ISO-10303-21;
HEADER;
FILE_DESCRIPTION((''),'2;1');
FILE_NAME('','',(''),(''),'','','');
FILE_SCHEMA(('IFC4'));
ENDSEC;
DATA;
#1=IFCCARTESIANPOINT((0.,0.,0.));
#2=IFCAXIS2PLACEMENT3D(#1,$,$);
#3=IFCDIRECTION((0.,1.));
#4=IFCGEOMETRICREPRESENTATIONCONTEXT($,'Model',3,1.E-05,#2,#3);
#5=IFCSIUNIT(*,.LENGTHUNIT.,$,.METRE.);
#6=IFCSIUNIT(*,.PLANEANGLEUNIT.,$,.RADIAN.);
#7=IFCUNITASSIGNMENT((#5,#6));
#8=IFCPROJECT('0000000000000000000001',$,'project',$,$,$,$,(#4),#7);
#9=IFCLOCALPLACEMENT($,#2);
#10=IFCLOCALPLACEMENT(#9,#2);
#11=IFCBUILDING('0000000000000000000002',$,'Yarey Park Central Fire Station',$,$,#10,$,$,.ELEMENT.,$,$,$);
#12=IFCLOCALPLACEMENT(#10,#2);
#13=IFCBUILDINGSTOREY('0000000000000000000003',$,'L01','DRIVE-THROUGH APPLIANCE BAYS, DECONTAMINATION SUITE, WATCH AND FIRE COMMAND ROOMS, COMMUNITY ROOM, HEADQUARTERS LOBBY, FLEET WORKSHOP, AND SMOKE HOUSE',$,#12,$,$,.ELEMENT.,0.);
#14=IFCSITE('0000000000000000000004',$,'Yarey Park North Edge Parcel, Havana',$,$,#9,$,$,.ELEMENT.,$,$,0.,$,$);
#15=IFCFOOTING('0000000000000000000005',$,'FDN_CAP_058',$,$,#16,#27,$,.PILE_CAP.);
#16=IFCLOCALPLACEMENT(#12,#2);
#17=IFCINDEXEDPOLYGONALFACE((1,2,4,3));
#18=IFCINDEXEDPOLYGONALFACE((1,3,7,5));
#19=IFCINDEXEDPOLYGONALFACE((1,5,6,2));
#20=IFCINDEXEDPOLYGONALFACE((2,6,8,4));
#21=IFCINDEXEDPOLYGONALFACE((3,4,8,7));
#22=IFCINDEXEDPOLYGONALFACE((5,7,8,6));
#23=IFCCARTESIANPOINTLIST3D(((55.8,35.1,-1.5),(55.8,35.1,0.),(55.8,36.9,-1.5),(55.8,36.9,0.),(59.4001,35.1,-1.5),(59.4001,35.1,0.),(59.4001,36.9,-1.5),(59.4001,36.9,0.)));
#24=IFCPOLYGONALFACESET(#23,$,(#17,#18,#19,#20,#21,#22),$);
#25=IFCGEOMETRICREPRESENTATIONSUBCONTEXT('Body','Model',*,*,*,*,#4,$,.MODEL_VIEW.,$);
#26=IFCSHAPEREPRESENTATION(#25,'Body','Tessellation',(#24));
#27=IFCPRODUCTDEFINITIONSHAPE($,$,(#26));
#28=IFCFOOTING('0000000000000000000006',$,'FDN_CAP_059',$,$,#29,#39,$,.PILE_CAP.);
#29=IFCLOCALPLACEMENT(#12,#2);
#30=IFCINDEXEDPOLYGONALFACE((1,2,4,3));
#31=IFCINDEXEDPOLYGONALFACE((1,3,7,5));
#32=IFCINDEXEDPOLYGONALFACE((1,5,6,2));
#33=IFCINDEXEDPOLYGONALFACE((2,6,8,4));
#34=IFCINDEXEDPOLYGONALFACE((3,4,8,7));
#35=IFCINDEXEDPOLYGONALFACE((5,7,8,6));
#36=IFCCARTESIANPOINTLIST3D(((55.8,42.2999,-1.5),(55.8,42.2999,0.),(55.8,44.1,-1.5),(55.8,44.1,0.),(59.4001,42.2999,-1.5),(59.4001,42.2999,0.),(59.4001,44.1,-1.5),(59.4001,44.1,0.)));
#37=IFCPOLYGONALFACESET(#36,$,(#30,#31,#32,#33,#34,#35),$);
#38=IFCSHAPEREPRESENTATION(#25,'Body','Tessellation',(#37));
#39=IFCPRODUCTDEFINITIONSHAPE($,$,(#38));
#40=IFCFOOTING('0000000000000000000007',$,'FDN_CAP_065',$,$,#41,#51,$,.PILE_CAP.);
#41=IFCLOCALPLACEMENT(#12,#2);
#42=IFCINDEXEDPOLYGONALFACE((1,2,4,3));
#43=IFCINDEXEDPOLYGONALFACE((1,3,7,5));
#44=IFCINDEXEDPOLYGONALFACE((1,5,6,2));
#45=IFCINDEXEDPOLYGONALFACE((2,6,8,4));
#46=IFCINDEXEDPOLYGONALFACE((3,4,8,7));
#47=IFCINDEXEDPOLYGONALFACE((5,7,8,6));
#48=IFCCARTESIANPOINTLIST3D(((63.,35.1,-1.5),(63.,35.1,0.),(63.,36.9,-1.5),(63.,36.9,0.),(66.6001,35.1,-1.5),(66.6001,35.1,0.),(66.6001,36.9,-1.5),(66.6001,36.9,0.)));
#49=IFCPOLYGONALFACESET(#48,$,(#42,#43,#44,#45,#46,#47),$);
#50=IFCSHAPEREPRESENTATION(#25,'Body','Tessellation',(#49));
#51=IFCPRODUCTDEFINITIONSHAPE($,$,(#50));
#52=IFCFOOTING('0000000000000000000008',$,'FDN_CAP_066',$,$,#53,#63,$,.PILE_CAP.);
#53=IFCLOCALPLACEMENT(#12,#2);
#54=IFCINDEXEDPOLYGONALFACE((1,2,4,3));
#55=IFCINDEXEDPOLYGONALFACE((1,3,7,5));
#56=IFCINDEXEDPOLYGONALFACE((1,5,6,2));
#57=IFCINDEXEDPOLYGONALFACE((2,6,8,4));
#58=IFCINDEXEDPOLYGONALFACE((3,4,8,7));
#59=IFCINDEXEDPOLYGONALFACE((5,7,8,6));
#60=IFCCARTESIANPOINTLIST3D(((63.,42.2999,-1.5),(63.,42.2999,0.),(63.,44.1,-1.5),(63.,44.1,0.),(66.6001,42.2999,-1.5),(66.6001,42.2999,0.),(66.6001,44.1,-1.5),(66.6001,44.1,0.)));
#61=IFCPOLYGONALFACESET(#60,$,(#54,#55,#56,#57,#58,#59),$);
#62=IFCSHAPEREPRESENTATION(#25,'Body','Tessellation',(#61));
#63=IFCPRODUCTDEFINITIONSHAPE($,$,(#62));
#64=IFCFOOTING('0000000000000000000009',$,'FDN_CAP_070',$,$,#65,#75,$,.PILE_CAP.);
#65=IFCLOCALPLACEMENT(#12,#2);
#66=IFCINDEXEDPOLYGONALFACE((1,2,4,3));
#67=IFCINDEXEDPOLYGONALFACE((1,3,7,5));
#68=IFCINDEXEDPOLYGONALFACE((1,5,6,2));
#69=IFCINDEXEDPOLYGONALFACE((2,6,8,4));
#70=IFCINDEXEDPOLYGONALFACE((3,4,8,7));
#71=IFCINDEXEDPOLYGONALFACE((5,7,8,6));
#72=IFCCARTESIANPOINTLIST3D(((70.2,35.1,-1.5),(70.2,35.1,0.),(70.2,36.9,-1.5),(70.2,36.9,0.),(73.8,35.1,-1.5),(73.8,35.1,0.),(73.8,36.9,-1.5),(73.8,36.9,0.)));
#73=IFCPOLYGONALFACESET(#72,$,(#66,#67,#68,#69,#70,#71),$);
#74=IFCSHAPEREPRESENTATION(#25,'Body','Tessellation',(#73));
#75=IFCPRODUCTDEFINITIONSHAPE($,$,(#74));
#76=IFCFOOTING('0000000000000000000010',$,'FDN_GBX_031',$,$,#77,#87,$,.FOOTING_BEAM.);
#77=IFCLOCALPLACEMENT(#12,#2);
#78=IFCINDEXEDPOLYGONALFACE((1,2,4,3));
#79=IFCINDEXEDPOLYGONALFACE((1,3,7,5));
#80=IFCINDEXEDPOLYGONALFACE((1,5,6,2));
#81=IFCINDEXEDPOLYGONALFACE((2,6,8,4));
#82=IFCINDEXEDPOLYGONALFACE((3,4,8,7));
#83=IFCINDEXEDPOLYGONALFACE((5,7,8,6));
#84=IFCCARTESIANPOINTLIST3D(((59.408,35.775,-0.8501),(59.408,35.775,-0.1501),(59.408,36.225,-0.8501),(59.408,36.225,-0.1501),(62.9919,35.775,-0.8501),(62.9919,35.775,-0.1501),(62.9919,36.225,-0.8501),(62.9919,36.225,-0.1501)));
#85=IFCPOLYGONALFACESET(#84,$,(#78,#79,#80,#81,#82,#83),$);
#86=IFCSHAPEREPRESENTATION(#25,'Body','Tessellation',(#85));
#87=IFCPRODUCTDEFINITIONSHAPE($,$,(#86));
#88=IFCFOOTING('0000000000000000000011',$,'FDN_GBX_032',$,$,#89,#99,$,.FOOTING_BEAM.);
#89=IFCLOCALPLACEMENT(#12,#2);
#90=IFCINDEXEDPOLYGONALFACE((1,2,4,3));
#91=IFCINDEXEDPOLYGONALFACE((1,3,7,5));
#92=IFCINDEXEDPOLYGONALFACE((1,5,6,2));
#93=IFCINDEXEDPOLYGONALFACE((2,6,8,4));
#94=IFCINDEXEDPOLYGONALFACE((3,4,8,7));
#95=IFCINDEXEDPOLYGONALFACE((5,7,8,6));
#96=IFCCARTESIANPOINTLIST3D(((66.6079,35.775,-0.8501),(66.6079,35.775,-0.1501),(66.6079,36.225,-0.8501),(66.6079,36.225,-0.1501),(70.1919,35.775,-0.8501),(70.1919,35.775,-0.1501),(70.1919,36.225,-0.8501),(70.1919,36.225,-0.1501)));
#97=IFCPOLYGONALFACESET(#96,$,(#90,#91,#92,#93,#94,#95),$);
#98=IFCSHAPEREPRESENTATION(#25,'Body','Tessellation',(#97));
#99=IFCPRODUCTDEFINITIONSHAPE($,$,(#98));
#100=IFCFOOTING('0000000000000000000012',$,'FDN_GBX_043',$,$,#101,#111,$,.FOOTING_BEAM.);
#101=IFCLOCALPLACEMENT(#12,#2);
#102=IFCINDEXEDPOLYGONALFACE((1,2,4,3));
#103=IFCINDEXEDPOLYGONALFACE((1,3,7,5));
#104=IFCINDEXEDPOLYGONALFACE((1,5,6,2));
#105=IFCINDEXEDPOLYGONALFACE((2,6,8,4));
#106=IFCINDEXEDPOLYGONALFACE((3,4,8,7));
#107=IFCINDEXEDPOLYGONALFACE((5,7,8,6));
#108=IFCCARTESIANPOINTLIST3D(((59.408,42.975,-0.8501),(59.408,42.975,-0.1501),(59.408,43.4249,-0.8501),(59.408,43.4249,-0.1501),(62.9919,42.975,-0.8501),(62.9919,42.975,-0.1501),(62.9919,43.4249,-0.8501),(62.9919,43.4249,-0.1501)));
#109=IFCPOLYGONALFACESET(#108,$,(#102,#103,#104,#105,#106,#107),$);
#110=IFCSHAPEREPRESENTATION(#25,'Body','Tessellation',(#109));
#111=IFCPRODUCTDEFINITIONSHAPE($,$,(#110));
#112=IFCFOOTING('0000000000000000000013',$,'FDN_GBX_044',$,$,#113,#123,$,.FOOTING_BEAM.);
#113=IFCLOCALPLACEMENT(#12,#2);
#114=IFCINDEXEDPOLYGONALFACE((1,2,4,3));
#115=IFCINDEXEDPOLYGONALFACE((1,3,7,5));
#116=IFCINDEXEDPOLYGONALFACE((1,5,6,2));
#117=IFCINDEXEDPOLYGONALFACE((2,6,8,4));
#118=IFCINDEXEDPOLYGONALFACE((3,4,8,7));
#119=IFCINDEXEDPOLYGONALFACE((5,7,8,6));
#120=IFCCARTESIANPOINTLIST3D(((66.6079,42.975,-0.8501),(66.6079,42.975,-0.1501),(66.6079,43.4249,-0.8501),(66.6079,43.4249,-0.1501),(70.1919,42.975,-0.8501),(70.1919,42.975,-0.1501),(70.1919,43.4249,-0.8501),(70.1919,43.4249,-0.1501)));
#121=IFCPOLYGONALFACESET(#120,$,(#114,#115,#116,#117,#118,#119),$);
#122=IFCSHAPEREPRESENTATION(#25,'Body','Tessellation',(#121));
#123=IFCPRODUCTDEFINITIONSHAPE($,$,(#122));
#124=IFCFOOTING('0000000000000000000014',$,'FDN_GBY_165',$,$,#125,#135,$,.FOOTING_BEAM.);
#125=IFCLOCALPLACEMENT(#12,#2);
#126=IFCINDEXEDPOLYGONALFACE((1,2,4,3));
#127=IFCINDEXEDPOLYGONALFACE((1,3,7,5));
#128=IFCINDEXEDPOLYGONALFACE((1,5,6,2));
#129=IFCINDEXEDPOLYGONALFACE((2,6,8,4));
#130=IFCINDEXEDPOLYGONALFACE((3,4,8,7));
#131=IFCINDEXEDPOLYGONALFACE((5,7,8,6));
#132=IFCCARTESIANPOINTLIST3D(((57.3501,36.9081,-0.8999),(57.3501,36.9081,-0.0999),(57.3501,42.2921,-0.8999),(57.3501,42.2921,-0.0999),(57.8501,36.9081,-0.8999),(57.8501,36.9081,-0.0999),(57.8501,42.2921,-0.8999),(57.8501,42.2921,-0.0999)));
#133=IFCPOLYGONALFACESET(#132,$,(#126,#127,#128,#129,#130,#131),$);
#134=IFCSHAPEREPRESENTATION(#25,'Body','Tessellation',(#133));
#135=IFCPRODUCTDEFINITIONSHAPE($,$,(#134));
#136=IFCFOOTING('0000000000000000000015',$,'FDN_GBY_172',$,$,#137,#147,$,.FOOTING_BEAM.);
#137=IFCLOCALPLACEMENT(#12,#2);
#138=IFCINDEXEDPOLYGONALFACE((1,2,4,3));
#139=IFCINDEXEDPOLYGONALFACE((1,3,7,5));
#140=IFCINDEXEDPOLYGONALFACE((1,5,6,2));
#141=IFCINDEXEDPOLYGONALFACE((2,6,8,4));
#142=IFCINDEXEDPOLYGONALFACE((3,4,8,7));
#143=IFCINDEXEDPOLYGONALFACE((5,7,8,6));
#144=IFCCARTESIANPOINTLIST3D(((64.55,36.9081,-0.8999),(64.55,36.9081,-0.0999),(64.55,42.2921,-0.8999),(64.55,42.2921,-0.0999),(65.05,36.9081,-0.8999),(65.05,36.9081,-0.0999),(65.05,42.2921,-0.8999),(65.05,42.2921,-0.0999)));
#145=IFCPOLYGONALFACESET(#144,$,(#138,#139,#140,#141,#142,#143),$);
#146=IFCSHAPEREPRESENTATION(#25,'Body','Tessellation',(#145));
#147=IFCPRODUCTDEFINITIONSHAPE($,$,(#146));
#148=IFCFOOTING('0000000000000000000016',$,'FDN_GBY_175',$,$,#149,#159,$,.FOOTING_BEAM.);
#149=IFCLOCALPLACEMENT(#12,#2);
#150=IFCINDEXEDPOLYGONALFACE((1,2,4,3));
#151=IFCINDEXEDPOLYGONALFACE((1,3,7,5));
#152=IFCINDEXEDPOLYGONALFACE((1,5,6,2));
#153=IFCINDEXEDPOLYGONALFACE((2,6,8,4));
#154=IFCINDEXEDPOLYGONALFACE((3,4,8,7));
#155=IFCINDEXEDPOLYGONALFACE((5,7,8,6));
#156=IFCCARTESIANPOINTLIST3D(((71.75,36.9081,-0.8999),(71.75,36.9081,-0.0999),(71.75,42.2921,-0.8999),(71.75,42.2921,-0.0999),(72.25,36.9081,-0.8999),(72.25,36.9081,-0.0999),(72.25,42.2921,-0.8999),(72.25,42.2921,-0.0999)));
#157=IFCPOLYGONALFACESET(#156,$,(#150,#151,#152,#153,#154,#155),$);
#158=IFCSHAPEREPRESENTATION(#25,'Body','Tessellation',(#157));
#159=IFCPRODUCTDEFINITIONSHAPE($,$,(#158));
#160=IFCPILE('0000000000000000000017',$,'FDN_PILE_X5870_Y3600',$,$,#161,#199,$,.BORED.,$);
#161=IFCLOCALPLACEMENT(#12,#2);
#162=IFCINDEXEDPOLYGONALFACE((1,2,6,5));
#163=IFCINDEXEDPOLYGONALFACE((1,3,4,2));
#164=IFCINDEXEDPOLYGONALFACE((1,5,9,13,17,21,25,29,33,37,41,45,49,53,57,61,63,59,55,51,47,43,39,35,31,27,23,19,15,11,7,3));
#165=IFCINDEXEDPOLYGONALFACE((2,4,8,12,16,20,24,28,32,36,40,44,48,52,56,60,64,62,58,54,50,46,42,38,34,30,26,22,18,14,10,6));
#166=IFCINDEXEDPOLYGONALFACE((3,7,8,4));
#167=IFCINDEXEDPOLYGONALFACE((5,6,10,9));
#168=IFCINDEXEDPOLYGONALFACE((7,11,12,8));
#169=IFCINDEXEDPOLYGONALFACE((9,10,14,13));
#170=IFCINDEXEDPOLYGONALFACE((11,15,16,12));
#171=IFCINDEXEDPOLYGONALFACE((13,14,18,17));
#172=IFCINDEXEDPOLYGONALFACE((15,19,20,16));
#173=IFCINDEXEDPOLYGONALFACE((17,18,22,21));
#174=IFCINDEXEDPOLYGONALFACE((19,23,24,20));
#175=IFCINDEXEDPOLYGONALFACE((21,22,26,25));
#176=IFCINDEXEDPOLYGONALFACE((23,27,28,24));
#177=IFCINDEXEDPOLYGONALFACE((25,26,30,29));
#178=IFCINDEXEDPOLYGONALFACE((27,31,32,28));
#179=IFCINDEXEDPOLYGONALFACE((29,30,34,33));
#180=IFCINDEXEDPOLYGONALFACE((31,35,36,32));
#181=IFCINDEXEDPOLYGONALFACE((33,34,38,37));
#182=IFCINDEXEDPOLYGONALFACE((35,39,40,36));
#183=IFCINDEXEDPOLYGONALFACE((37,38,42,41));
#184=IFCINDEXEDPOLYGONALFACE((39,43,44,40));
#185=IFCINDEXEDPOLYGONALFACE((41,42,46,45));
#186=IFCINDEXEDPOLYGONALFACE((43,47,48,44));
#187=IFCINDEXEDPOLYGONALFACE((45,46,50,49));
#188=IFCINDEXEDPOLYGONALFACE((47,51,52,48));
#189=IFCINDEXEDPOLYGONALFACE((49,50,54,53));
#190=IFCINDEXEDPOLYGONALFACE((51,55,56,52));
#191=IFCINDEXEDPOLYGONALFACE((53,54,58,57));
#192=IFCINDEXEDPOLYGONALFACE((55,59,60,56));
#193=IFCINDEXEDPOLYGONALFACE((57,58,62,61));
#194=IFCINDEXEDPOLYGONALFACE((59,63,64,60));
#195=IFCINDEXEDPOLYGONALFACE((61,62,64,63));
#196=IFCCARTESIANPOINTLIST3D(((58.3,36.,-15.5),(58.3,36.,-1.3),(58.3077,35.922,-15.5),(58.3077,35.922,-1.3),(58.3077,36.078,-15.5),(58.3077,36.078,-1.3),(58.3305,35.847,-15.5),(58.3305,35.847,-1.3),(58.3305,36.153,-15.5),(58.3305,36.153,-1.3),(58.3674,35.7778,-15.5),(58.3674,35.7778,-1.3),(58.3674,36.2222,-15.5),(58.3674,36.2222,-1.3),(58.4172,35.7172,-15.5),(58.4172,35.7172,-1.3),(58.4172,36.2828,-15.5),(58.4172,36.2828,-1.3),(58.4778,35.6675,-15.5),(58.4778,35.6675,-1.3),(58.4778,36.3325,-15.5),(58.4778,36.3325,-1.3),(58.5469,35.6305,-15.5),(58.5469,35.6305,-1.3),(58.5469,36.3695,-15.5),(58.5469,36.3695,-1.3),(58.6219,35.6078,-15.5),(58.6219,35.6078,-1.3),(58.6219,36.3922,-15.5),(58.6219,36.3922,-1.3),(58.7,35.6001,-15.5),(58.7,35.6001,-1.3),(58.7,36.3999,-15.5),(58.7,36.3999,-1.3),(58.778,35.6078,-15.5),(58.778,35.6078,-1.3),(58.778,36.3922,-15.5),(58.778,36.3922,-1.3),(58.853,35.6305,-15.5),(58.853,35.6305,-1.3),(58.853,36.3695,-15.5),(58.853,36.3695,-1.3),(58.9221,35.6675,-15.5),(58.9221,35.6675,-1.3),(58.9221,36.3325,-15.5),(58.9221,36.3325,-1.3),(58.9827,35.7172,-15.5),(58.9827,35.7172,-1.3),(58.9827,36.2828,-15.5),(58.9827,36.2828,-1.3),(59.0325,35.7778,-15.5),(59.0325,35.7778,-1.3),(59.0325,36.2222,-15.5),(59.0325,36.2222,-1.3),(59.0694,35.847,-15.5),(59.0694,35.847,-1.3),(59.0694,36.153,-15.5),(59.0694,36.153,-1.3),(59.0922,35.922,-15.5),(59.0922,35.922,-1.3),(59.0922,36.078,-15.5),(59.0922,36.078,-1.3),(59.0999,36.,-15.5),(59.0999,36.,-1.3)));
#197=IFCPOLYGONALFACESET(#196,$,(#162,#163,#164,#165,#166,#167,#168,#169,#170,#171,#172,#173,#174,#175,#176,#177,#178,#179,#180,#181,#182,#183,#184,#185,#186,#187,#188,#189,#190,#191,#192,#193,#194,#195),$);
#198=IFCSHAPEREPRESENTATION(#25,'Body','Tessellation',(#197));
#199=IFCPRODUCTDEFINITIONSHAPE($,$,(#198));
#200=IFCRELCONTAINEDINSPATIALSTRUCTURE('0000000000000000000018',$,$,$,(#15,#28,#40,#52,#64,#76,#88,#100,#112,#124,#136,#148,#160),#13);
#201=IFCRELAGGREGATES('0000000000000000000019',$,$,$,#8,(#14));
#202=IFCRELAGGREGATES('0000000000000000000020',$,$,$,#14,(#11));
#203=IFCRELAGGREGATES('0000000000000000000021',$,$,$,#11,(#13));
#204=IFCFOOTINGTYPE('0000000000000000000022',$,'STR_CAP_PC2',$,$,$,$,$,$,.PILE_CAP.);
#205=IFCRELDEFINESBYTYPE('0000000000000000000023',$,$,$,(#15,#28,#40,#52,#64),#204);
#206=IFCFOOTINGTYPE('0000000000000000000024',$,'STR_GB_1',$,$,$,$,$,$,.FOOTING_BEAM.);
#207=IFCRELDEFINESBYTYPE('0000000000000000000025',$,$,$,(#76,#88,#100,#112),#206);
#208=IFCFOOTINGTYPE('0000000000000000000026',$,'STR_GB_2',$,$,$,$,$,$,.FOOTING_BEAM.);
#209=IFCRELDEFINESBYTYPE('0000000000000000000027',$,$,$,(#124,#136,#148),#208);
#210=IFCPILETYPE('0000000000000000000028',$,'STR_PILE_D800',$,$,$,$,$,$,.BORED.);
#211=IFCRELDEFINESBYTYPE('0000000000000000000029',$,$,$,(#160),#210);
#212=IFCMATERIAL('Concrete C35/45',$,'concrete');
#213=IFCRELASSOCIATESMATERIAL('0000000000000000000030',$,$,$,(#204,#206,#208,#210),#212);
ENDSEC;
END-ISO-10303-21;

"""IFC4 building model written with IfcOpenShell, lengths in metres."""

from ifc_helpers import new_model, si_unit, direction, frame, origin, origin_2d, place, context, subcontext, project, spatial, rectangle, circle, extrude, material, material_profile, profile_set, type_object, element, save


model = new_model("IFC4")

# Units and contexts
model_context = context("Model", 3, precision=1e-05, world=origin(), true_north=direction((0.0, 1.0)))
body_context = subcontext(model_context, "Body", "Model", "MODEL_VIEW")
ifc_project = project(units=[si_unit("LENGTHUNIT", "METRE"), si_unit("PLANEANGLEUNIT", "RADIAN")], contexts=[model_context])

# Site, building, storey
site_placement = place(None, origin())
site = spatial("IfcSite", under=ifc_project, at=site_placement, Name="Yarey Park North Edge Parcel, Havana", CompositionType="ELEMENT", RefElevation=0.0)
building_placement = place(site_placement, origin())
building = spatial("IfcBuilding", under=site, at=building_placement, Name="Yarey Park Central Fire Station", CompositionType="ELEMENT")
storey_placement = place(building_placement, origin())
storey = spatial("IfcBuildingStorey", under=building, at=storey_placement, Name="L01", Description="DRIVE-THROUGH APPLIANCE BAYS, DECONTAMINATION SUITE, WATCH AND FIRE COMMAND ROOMS, COMMUNITY ROOM, HEADQUARTERS LOBBY, FLEET WORKSHOP, AND SMOKE HOUSE", CompositionType="ELEMENT", Elevation=0.0)

# Footings
ifc_material_1 = material(Name="Concrete C35/45", Category="concrete")
footing_type_1 = type_object("IfcFootingType", Name="STR_CAP_PC2", PredefinedType="PILE_CAP", material=ifc_material_1)
for number, where, z_axis, x_axis, name in (
    (1, (57.6001, 36.0, -1.5), (0.0, 0.0, 1.0), (1.0, 0.0, 0.0), "FDN_CAP_058"),
    (2, (57.6001, 43.2, -1.5), (0.0, 0.0, 1.0), (1.0, 0.0, 0.0), "FDN_CAP_059"),
    (3, (64.8, 36.0, -1.5), (0.0, 0.0, 1.0), (1.0, 0.0, 0.0), "FDN_CAP_065"),
    (4, (64.8, 43.2, -1.5), (0.0, 0.0, 1.0), (1.0, 0.0, 0.0), "FDN_CAP_066"),
    (5, (72.0, 36.0, -1.5), (0.0, 0.0, 1.0), (1.0, 0.0, 0.0), "FDN_CAP_070"),
):
    element("IfcFooting", number, at=place(storey_placement, frame(where, z_axis=z_axis, x_axis=x_axis)), inside=storey, type_object=footing_type_1, Name=name, PredefinedType="PILE_CAP", context=body_context, shape_type="SweptSolid", body=[
        extrude(rectangle(XDim=3.6001, YDim=1.8, at=origin_2d()), origin(), (0.0, 0.0, 1.0), 1.5),
    ])
footing_type_2 = type_object("IfcFootingType", Name="STR_GB_1", PredefinedType="FOOTING_BEAM", material=ifc_material_1)
for number, where, z_axis, x_axis, name in (
    (6, (61.2, 36.0, -0.8501), (0.0, 0.0, 1.0), (1.0, 0.0, 0.0), "FDN_GBX_031"),
    (7, (68.3999, 36.0, -0.8501), (0.0, 0.0, 1.0), (1.0, 0.0, 0.0), "FDN_GBX_032"),
    (8, (61.2, 43.2, -0.8501), (0.0, 0.0, 1.0), (1.0, 0.0, 0.0), "FDN_GBX_043"),
    (9, (68.3999, 43.2, -0.8501), (0.0, 0.0, 1.0), (1.0, 0.0, 0.0), "FDN_GBX_044"),
):
    element("IfcFooting", number, at=place(storey_placement, frame(where, z_axis=z_axis, x_axis=x_axis)), inside=storey, type_object=footing_type_2, Name=name, PredefinedType="FOOTING_BEAM", context=body_context, shape_type="SweptSolid", body=[
        extrude(rectangle(XDim=3.584, YDim=0.45, at=origin_2d()), origin(), (0.0, 0.0, 1.0), 0.7),
    ])
footing_type_3 = type_object("IfcFootingType", Name="STR_GB_2", PredefinedType="FOOTING_BEAM", material=ifc_material_1)
for number, where, z_axis, x_axis, name in (
    (10, (57.6001, 39.6001, -0.8999), (0.0, 0.0, 1.0), (1.0, 0.0, 0.0), "FDN_GBY_165"),
    (11, (64.8, 39.6001, -0.8999), (0.0, 0.0, 1.0), (1.0, 0.0, 0.0), "FDN_GBY_172"),
    (12, (72.0, 39.6001, -0.8999), (0.0, 0.0, 1.0), (1.0, 0.0, 0.0), "FDN_GBY_175"),
):
    element("IfcFooting", number, at=place(storey_placement, frame(where, z_axis=z_axis, x_axis=x_axis)), inside=storey, type_object=footing_type_3, Name=name, PredefinedType="FOOTING_BEAM", context=body_context, shape_type="SweptSolid", body=[
        extrude(rectangle(XDim=0.5, YDim=5.384, at=origin_2d()), origin(), (0.0, 0.0, 1.0), 0.8),
    ])

# Pile
ifc_material_profile_1 = material_profile(ifc_material_1, circle(Radius=0.3999, at=origin_2d()), Name="BORED PILE D800")
ifc_profile_set_1 = profile_set([ifc_material_profile_1], Name="Concrete C35/45")
pile_type = type_object("IfcPileType", Name="STR_PILE_D800", PredefinedType="BORED", material=ifc_profile_set_1)
for number, where, z_axis, x_axis, name in (
    (13, (58.7, 36.0, -1.3), (0.0, 0.0, -1.0), (1.0, 0.0, 0.0), "FDN_PILE_X5870_Y3600"),
):
    element("IfcPile", number, at=place(storey_placement, frame(where, z_axis=z_axis, x_axis=x_axis)), inside=storey, type_object=pile_type, Name=name, PredefinedType="BORED", context=body_context, shape_type="SweptSolid", body=[
        extrude(circle(Radius=0.3999, at=origin_2d()), origin(), (0.0, 0.0, 1.0), 14.2),
    ])

save(model, "model.ifc")
